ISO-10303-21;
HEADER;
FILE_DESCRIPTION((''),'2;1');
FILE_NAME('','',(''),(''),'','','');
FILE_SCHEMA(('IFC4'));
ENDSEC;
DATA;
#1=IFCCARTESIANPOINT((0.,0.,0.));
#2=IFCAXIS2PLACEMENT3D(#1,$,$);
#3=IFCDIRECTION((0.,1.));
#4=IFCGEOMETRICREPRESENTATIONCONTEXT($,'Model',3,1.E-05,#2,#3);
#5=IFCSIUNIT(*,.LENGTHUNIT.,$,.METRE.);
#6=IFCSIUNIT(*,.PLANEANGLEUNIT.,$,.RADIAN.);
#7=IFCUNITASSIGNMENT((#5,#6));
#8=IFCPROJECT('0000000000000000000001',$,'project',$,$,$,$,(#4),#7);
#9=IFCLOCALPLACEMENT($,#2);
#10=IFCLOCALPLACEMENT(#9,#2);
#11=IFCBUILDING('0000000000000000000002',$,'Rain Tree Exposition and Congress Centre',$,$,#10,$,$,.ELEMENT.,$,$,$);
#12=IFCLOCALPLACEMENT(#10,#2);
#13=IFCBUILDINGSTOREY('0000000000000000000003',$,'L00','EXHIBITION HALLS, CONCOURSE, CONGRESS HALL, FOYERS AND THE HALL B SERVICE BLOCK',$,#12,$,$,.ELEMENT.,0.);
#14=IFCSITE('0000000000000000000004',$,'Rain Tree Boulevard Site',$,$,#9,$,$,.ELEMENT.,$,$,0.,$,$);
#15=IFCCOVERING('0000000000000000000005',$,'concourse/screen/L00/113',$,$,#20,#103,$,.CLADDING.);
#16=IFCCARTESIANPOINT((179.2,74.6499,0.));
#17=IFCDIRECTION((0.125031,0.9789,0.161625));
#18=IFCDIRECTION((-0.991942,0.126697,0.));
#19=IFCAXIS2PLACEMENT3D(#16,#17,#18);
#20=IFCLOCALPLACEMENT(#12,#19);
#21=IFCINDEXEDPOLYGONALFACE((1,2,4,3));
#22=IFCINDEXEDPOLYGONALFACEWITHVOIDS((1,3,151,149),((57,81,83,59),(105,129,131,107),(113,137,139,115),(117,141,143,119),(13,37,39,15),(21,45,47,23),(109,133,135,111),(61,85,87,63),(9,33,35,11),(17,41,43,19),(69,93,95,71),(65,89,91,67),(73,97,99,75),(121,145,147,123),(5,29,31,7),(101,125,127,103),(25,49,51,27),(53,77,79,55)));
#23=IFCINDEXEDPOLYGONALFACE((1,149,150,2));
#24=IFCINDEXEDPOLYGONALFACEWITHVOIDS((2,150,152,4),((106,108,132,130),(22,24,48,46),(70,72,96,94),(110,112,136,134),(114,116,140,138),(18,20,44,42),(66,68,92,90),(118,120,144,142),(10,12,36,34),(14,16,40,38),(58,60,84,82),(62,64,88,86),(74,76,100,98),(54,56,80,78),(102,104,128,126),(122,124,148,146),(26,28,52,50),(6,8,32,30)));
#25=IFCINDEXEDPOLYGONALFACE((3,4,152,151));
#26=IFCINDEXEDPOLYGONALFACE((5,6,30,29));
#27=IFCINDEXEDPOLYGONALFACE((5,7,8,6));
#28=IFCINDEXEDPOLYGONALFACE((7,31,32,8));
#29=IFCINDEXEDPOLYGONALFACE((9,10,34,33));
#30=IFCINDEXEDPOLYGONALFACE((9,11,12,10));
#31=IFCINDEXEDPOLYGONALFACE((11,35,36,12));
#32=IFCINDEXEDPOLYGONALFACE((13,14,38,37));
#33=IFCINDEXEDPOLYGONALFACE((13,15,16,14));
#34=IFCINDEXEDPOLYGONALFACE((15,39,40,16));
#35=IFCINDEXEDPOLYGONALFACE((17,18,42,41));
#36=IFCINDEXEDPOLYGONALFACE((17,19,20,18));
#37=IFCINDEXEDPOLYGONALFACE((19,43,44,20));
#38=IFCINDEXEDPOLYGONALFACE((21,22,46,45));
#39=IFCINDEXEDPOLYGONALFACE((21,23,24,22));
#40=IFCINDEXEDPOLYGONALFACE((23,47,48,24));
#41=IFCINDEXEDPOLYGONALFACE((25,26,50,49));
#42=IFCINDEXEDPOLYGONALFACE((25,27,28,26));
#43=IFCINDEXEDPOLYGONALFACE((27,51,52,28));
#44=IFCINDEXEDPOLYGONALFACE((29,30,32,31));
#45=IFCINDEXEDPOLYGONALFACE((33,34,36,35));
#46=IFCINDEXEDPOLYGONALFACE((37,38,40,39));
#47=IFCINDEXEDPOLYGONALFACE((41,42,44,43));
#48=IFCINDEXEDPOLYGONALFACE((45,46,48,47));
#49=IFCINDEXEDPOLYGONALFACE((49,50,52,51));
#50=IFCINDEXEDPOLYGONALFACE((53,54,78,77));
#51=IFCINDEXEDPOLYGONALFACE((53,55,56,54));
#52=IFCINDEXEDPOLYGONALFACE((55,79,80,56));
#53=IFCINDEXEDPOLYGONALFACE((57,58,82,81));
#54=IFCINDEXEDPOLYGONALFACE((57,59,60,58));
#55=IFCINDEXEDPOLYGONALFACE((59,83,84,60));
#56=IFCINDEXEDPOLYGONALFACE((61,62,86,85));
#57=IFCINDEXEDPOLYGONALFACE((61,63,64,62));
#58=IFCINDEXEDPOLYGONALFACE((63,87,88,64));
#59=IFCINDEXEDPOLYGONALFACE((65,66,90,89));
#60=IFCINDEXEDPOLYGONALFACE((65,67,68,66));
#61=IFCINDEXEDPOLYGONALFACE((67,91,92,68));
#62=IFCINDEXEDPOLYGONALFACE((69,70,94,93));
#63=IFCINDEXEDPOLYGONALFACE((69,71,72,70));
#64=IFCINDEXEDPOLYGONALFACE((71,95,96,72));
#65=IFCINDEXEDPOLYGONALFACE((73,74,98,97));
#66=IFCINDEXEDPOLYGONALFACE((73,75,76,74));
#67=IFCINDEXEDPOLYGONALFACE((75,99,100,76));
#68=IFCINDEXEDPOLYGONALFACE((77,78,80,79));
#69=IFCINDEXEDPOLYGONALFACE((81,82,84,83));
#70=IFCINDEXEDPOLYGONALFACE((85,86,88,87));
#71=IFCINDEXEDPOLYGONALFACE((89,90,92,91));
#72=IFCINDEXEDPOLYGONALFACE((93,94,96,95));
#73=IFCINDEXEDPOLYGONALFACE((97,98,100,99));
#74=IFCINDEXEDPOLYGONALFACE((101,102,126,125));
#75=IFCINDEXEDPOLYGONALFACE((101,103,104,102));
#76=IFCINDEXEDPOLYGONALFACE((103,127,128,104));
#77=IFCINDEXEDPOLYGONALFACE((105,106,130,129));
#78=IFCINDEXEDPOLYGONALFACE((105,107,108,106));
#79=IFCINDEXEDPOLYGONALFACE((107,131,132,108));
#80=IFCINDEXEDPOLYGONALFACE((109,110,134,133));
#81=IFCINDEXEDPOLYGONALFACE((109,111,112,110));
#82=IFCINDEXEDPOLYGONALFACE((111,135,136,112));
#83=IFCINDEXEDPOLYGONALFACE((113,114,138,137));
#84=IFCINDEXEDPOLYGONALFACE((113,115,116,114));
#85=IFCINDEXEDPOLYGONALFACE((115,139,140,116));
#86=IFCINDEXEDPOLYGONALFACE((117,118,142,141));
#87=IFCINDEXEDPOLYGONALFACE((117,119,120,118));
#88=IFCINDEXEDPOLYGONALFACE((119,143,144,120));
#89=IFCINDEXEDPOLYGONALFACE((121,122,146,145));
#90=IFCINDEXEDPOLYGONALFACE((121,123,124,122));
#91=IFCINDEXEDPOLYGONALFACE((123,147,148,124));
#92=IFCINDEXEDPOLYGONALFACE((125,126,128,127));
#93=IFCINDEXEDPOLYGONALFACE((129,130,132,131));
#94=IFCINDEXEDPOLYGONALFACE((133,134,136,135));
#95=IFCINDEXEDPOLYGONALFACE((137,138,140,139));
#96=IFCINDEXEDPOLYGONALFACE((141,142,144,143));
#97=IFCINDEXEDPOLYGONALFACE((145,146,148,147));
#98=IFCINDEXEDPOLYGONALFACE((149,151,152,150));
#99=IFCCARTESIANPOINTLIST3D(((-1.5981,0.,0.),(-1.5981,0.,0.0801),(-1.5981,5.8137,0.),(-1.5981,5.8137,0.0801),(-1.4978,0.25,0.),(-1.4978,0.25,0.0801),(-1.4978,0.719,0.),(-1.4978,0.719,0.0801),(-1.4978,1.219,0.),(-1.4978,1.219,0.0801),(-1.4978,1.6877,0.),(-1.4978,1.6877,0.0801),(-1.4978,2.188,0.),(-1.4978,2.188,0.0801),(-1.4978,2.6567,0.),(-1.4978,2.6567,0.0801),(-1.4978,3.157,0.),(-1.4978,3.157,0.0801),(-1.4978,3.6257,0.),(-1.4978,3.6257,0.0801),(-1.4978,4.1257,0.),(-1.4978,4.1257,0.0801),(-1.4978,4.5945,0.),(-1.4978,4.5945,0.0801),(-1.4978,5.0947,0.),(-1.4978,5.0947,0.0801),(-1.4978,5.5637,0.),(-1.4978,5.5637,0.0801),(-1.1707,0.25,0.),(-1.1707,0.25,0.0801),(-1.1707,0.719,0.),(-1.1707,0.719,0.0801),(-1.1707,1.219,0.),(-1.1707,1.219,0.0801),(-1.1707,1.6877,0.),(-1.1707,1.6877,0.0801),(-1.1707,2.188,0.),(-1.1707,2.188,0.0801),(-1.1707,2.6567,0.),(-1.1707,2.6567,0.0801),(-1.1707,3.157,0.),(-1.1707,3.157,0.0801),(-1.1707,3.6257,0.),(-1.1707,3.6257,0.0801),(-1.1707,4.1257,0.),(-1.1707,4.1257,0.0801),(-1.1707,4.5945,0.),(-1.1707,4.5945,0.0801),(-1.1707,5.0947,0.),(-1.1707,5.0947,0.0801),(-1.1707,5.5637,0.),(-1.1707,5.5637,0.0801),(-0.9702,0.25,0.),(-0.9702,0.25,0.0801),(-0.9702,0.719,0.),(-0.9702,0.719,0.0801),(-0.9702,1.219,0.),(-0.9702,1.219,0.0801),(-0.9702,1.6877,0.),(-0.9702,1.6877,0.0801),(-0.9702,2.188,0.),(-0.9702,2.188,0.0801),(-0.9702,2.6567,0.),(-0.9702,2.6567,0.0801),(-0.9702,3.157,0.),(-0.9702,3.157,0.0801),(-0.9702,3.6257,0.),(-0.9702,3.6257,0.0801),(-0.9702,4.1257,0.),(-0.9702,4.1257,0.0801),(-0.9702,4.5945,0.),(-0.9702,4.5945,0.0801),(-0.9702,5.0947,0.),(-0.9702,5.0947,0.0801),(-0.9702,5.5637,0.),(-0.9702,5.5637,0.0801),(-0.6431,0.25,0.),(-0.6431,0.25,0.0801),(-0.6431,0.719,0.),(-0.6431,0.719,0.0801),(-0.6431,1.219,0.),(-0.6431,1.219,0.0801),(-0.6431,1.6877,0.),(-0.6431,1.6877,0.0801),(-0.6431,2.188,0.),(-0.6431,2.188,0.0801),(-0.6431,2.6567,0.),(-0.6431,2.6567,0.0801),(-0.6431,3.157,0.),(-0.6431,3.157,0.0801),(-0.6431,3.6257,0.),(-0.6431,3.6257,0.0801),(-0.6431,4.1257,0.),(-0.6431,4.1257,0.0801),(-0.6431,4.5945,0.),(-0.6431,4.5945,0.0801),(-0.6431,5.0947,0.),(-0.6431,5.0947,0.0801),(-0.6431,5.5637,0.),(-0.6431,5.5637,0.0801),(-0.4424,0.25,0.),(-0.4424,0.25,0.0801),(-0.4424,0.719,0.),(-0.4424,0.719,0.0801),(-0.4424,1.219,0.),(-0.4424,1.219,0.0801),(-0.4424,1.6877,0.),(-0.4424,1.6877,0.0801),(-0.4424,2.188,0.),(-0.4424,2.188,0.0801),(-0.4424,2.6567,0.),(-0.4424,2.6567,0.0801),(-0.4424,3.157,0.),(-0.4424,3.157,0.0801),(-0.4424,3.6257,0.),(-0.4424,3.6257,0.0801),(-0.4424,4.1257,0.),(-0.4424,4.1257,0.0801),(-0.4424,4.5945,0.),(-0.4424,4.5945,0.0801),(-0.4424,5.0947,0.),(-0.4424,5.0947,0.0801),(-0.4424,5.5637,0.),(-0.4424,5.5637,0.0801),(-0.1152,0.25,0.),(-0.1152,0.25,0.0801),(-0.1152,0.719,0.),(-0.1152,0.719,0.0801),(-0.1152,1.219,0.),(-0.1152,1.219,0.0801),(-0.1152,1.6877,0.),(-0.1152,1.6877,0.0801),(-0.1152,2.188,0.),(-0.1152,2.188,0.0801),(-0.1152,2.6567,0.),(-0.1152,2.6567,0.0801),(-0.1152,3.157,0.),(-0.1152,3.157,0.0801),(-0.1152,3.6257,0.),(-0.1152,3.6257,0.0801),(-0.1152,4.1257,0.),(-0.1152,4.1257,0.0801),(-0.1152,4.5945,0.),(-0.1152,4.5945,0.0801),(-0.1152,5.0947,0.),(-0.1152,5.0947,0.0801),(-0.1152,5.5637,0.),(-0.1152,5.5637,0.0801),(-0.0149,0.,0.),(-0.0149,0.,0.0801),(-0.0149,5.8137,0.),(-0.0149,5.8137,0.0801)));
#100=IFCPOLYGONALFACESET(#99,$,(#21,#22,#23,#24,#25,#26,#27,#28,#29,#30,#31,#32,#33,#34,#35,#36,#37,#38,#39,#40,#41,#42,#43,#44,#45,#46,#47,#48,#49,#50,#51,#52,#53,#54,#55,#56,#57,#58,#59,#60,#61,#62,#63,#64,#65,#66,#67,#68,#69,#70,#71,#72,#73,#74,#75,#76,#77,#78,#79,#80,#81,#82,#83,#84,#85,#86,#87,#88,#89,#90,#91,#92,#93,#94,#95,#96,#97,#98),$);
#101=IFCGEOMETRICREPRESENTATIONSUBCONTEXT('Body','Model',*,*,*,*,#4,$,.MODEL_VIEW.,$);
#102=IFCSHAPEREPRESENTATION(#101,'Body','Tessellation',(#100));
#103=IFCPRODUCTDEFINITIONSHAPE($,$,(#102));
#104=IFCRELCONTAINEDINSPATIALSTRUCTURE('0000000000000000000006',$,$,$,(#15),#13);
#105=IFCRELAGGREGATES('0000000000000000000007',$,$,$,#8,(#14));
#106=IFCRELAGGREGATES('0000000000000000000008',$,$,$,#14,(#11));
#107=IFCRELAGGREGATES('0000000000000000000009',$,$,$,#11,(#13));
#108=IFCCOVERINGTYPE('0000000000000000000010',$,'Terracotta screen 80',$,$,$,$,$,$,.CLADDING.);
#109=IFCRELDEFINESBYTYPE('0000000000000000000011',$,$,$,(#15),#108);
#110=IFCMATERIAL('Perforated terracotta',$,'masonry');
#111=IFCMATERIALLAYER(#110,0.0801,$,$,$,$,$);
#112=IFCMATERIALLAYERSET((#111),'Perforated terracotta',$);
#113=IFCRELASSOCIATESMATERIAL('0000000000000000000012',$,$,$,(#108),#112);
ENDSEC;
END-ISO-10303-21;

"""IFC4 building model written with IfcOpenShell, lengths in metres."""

from ifc_helpers import new_model, si_unit, direction, frame, origin, place, context, subcontext, project, spatial, polyline, outline, extrude, material, layer, layer_set, type_object, element, save


model = new_model("IFC4")

# Units and contexts
model_context = context("Model", 3, precision=1e-05, world=origin(), true_north=direction((0.0, 1.0)))
body_context = subcontext(model_context, "Body", "Model", "MODEL_VIEW")
ifc_project = project(units=[si_unit("LENGTHUNIT", "METRE"), si_unit("PLANEANGLEUNIT", "RADIAN")], contexts=[model_context])

# Site, building, storey
site_placement = place(None, origin())
site = spatial("IfcSite", under=ifc_project, at=site_placement, Name="Rain Tree Boulevard Site", CompositionType="ELEMENT", RefElevation=0.0)
building_placement = place(site_placement, origin())
building = spatial("IfcBuilding", under=site, at=building_placement, Name="Rain Tree Exposition and Congress Centre", CompositionType="ELEMENT")
storey_placement = place(building_placement, origin())
storey = spatial("IfcBuildingStorey", under=building, at=storey_placement, Name="L00", Description="EXHIBITION HALLS, CONCOURSE, CONGRESS HALL, FOYERS AND THE HALL B SERVICE BLOCK", CompositionType="ELEMENT", Elevation=0.0)

# Covering
ifc_material_1 = material(Name="Perforated terracotta", Category="masonry")
ifc_layer_1 = layer(ifc_material_1, 0.0801)
ifc_layer_set_1 = layer_set([ifc_layer_1], Name="Perforated terracotta")
covering_type = type_object("IfcCoveringType", Name="Terracotta screen 80", PredefinedType="CLADDING", material=ifc_layer_set_1)
covering_1_placement = place(storey_placement, frame((179.2, 74.6499, 0.0), z_axis=(0.125031, 0.9789, 0.161625), x_axis=(-0.991942, 0.126697, 0.0)))
element("IfcCovering", 1, at=covering_1_placement, inside=storey, type_object=covering_type, Name="concourse/screen/L00/113", PredefinedType="CLADDING", context=body_context, shape_type="SweptSolid", body=[
    extrude(outline(polyline([(-0.0149, 0.0), (-1.5981, 0.0), (-1.5981, 5.8137), (-0.0149, 5.8137), (-0.0149, 0.0)]), holes=[polyline([(-0.1152, 0.25), (-0.1152, 0.719), (-0.4424, 0.719), (-0.4424, 0.25), (-0.1152, 0.25)]), polyline([(-0.1152, 1.219), (-0.1152, 1.6877), (-0.4424, 1.6877), (-0.4424, 1.219), (-0.1152, 1.219)]), polyline([(-0.1152, 2.188), (-0.1152, 2.6567), (-0.4424, 2.6567), (-0.4424, 2.188), (-0.1152, 2.188)]), polyline([(-0.1152, 3.157), (-0.1152, 3.6257), (-0.4424, 3.6257), (-0.4424, 3.157), (-0.1152, 3.157)]), polyline([(-0.1152, 4.1257), (-0.1152, 4.5945), (-0.4424, 4.5945), (-0.4424, 4.1257), (-0.1152, 4.1257)]), polyline([(-0.1152, 5.0947), (-0.1152, 5.5637), (-0.4424, 5.5637), (-0.4424, 5.0947), (-0.1152, 5.0947)]), polyline([(-0.6431, 0.25), (-0.6431, 0.719), (-0.9702, 0.719), (-0.9702, 0.25), (-0.6431, 0.25)]), polyline([(-0.6431, 1.219), (-0.6431, 1.6877), (-0.9702, 1.6877), (-0.9702, 1.219), (-0.6431, 1.219)]), polyline([(-0.6431, 2.188), (-0.6431, 2.6567), (-0.9702, 2.6567), (-0.9702, 2.188), (-0.6431, 2.188)]), polyline([(-0.6431, 3.157), (-0.6431, 3.6257), (-0.9702, 3.6257), (-0.9702, 3.157), (-0.6431, 3.157)]), polyline([(-0.6431, 4.1257), (-0.6431, 4.5945), (-0.9702, 4.5945), (-0.9702, 4.1257), (-0.6431, 4.1257)]), polyline([(-0.6431, 5.0947), (-0.6431, 5.5637), (-0.9702, 5.5637), (-0.9702, 5.0947), (-0.6431, 5.0947)]), polyline([(-1.1707, 0.25), (-1.1707, 0.719), (-1.4978, 0.719), (-1.4978, 0.25), (-1.1707, 0.25)]), polyline([(-1.1707, 1.219), (-1.1707, 1.6877), (-1.4978, 1.6877), (-1.4978, 1.219), (-1.1707, 1.219)]), polyline([(-1.1707, 2.188), (-1.1707, 2.6567), (-1.4978, 2.6567), (-1.4978, 2.188), (-1.1707, 2.188)]), polyline([(-1.1707, 3.157), (-1.1707, 3.6257), (-1.4978, 3.6257), (-1.4978, 3.157), (-1.1707, 3.157)]), polyline([(-1.1707, 4.1257), (-1.1707, 4.5945), (-1.4978, 4.5945), (-1.4978, 4.1257), (-1.1707, 4.1257)]), polyline([(-1.1707, 5.0947), (-1.1707, 5.5637), (-1.4978, 5.5637), (-1.4978, 5.0947), (-1.1707, 5.0947)])]), origin(), (0.0, 0.0, 1.0), 0.0801),
])

save(model, "model.ifc")
